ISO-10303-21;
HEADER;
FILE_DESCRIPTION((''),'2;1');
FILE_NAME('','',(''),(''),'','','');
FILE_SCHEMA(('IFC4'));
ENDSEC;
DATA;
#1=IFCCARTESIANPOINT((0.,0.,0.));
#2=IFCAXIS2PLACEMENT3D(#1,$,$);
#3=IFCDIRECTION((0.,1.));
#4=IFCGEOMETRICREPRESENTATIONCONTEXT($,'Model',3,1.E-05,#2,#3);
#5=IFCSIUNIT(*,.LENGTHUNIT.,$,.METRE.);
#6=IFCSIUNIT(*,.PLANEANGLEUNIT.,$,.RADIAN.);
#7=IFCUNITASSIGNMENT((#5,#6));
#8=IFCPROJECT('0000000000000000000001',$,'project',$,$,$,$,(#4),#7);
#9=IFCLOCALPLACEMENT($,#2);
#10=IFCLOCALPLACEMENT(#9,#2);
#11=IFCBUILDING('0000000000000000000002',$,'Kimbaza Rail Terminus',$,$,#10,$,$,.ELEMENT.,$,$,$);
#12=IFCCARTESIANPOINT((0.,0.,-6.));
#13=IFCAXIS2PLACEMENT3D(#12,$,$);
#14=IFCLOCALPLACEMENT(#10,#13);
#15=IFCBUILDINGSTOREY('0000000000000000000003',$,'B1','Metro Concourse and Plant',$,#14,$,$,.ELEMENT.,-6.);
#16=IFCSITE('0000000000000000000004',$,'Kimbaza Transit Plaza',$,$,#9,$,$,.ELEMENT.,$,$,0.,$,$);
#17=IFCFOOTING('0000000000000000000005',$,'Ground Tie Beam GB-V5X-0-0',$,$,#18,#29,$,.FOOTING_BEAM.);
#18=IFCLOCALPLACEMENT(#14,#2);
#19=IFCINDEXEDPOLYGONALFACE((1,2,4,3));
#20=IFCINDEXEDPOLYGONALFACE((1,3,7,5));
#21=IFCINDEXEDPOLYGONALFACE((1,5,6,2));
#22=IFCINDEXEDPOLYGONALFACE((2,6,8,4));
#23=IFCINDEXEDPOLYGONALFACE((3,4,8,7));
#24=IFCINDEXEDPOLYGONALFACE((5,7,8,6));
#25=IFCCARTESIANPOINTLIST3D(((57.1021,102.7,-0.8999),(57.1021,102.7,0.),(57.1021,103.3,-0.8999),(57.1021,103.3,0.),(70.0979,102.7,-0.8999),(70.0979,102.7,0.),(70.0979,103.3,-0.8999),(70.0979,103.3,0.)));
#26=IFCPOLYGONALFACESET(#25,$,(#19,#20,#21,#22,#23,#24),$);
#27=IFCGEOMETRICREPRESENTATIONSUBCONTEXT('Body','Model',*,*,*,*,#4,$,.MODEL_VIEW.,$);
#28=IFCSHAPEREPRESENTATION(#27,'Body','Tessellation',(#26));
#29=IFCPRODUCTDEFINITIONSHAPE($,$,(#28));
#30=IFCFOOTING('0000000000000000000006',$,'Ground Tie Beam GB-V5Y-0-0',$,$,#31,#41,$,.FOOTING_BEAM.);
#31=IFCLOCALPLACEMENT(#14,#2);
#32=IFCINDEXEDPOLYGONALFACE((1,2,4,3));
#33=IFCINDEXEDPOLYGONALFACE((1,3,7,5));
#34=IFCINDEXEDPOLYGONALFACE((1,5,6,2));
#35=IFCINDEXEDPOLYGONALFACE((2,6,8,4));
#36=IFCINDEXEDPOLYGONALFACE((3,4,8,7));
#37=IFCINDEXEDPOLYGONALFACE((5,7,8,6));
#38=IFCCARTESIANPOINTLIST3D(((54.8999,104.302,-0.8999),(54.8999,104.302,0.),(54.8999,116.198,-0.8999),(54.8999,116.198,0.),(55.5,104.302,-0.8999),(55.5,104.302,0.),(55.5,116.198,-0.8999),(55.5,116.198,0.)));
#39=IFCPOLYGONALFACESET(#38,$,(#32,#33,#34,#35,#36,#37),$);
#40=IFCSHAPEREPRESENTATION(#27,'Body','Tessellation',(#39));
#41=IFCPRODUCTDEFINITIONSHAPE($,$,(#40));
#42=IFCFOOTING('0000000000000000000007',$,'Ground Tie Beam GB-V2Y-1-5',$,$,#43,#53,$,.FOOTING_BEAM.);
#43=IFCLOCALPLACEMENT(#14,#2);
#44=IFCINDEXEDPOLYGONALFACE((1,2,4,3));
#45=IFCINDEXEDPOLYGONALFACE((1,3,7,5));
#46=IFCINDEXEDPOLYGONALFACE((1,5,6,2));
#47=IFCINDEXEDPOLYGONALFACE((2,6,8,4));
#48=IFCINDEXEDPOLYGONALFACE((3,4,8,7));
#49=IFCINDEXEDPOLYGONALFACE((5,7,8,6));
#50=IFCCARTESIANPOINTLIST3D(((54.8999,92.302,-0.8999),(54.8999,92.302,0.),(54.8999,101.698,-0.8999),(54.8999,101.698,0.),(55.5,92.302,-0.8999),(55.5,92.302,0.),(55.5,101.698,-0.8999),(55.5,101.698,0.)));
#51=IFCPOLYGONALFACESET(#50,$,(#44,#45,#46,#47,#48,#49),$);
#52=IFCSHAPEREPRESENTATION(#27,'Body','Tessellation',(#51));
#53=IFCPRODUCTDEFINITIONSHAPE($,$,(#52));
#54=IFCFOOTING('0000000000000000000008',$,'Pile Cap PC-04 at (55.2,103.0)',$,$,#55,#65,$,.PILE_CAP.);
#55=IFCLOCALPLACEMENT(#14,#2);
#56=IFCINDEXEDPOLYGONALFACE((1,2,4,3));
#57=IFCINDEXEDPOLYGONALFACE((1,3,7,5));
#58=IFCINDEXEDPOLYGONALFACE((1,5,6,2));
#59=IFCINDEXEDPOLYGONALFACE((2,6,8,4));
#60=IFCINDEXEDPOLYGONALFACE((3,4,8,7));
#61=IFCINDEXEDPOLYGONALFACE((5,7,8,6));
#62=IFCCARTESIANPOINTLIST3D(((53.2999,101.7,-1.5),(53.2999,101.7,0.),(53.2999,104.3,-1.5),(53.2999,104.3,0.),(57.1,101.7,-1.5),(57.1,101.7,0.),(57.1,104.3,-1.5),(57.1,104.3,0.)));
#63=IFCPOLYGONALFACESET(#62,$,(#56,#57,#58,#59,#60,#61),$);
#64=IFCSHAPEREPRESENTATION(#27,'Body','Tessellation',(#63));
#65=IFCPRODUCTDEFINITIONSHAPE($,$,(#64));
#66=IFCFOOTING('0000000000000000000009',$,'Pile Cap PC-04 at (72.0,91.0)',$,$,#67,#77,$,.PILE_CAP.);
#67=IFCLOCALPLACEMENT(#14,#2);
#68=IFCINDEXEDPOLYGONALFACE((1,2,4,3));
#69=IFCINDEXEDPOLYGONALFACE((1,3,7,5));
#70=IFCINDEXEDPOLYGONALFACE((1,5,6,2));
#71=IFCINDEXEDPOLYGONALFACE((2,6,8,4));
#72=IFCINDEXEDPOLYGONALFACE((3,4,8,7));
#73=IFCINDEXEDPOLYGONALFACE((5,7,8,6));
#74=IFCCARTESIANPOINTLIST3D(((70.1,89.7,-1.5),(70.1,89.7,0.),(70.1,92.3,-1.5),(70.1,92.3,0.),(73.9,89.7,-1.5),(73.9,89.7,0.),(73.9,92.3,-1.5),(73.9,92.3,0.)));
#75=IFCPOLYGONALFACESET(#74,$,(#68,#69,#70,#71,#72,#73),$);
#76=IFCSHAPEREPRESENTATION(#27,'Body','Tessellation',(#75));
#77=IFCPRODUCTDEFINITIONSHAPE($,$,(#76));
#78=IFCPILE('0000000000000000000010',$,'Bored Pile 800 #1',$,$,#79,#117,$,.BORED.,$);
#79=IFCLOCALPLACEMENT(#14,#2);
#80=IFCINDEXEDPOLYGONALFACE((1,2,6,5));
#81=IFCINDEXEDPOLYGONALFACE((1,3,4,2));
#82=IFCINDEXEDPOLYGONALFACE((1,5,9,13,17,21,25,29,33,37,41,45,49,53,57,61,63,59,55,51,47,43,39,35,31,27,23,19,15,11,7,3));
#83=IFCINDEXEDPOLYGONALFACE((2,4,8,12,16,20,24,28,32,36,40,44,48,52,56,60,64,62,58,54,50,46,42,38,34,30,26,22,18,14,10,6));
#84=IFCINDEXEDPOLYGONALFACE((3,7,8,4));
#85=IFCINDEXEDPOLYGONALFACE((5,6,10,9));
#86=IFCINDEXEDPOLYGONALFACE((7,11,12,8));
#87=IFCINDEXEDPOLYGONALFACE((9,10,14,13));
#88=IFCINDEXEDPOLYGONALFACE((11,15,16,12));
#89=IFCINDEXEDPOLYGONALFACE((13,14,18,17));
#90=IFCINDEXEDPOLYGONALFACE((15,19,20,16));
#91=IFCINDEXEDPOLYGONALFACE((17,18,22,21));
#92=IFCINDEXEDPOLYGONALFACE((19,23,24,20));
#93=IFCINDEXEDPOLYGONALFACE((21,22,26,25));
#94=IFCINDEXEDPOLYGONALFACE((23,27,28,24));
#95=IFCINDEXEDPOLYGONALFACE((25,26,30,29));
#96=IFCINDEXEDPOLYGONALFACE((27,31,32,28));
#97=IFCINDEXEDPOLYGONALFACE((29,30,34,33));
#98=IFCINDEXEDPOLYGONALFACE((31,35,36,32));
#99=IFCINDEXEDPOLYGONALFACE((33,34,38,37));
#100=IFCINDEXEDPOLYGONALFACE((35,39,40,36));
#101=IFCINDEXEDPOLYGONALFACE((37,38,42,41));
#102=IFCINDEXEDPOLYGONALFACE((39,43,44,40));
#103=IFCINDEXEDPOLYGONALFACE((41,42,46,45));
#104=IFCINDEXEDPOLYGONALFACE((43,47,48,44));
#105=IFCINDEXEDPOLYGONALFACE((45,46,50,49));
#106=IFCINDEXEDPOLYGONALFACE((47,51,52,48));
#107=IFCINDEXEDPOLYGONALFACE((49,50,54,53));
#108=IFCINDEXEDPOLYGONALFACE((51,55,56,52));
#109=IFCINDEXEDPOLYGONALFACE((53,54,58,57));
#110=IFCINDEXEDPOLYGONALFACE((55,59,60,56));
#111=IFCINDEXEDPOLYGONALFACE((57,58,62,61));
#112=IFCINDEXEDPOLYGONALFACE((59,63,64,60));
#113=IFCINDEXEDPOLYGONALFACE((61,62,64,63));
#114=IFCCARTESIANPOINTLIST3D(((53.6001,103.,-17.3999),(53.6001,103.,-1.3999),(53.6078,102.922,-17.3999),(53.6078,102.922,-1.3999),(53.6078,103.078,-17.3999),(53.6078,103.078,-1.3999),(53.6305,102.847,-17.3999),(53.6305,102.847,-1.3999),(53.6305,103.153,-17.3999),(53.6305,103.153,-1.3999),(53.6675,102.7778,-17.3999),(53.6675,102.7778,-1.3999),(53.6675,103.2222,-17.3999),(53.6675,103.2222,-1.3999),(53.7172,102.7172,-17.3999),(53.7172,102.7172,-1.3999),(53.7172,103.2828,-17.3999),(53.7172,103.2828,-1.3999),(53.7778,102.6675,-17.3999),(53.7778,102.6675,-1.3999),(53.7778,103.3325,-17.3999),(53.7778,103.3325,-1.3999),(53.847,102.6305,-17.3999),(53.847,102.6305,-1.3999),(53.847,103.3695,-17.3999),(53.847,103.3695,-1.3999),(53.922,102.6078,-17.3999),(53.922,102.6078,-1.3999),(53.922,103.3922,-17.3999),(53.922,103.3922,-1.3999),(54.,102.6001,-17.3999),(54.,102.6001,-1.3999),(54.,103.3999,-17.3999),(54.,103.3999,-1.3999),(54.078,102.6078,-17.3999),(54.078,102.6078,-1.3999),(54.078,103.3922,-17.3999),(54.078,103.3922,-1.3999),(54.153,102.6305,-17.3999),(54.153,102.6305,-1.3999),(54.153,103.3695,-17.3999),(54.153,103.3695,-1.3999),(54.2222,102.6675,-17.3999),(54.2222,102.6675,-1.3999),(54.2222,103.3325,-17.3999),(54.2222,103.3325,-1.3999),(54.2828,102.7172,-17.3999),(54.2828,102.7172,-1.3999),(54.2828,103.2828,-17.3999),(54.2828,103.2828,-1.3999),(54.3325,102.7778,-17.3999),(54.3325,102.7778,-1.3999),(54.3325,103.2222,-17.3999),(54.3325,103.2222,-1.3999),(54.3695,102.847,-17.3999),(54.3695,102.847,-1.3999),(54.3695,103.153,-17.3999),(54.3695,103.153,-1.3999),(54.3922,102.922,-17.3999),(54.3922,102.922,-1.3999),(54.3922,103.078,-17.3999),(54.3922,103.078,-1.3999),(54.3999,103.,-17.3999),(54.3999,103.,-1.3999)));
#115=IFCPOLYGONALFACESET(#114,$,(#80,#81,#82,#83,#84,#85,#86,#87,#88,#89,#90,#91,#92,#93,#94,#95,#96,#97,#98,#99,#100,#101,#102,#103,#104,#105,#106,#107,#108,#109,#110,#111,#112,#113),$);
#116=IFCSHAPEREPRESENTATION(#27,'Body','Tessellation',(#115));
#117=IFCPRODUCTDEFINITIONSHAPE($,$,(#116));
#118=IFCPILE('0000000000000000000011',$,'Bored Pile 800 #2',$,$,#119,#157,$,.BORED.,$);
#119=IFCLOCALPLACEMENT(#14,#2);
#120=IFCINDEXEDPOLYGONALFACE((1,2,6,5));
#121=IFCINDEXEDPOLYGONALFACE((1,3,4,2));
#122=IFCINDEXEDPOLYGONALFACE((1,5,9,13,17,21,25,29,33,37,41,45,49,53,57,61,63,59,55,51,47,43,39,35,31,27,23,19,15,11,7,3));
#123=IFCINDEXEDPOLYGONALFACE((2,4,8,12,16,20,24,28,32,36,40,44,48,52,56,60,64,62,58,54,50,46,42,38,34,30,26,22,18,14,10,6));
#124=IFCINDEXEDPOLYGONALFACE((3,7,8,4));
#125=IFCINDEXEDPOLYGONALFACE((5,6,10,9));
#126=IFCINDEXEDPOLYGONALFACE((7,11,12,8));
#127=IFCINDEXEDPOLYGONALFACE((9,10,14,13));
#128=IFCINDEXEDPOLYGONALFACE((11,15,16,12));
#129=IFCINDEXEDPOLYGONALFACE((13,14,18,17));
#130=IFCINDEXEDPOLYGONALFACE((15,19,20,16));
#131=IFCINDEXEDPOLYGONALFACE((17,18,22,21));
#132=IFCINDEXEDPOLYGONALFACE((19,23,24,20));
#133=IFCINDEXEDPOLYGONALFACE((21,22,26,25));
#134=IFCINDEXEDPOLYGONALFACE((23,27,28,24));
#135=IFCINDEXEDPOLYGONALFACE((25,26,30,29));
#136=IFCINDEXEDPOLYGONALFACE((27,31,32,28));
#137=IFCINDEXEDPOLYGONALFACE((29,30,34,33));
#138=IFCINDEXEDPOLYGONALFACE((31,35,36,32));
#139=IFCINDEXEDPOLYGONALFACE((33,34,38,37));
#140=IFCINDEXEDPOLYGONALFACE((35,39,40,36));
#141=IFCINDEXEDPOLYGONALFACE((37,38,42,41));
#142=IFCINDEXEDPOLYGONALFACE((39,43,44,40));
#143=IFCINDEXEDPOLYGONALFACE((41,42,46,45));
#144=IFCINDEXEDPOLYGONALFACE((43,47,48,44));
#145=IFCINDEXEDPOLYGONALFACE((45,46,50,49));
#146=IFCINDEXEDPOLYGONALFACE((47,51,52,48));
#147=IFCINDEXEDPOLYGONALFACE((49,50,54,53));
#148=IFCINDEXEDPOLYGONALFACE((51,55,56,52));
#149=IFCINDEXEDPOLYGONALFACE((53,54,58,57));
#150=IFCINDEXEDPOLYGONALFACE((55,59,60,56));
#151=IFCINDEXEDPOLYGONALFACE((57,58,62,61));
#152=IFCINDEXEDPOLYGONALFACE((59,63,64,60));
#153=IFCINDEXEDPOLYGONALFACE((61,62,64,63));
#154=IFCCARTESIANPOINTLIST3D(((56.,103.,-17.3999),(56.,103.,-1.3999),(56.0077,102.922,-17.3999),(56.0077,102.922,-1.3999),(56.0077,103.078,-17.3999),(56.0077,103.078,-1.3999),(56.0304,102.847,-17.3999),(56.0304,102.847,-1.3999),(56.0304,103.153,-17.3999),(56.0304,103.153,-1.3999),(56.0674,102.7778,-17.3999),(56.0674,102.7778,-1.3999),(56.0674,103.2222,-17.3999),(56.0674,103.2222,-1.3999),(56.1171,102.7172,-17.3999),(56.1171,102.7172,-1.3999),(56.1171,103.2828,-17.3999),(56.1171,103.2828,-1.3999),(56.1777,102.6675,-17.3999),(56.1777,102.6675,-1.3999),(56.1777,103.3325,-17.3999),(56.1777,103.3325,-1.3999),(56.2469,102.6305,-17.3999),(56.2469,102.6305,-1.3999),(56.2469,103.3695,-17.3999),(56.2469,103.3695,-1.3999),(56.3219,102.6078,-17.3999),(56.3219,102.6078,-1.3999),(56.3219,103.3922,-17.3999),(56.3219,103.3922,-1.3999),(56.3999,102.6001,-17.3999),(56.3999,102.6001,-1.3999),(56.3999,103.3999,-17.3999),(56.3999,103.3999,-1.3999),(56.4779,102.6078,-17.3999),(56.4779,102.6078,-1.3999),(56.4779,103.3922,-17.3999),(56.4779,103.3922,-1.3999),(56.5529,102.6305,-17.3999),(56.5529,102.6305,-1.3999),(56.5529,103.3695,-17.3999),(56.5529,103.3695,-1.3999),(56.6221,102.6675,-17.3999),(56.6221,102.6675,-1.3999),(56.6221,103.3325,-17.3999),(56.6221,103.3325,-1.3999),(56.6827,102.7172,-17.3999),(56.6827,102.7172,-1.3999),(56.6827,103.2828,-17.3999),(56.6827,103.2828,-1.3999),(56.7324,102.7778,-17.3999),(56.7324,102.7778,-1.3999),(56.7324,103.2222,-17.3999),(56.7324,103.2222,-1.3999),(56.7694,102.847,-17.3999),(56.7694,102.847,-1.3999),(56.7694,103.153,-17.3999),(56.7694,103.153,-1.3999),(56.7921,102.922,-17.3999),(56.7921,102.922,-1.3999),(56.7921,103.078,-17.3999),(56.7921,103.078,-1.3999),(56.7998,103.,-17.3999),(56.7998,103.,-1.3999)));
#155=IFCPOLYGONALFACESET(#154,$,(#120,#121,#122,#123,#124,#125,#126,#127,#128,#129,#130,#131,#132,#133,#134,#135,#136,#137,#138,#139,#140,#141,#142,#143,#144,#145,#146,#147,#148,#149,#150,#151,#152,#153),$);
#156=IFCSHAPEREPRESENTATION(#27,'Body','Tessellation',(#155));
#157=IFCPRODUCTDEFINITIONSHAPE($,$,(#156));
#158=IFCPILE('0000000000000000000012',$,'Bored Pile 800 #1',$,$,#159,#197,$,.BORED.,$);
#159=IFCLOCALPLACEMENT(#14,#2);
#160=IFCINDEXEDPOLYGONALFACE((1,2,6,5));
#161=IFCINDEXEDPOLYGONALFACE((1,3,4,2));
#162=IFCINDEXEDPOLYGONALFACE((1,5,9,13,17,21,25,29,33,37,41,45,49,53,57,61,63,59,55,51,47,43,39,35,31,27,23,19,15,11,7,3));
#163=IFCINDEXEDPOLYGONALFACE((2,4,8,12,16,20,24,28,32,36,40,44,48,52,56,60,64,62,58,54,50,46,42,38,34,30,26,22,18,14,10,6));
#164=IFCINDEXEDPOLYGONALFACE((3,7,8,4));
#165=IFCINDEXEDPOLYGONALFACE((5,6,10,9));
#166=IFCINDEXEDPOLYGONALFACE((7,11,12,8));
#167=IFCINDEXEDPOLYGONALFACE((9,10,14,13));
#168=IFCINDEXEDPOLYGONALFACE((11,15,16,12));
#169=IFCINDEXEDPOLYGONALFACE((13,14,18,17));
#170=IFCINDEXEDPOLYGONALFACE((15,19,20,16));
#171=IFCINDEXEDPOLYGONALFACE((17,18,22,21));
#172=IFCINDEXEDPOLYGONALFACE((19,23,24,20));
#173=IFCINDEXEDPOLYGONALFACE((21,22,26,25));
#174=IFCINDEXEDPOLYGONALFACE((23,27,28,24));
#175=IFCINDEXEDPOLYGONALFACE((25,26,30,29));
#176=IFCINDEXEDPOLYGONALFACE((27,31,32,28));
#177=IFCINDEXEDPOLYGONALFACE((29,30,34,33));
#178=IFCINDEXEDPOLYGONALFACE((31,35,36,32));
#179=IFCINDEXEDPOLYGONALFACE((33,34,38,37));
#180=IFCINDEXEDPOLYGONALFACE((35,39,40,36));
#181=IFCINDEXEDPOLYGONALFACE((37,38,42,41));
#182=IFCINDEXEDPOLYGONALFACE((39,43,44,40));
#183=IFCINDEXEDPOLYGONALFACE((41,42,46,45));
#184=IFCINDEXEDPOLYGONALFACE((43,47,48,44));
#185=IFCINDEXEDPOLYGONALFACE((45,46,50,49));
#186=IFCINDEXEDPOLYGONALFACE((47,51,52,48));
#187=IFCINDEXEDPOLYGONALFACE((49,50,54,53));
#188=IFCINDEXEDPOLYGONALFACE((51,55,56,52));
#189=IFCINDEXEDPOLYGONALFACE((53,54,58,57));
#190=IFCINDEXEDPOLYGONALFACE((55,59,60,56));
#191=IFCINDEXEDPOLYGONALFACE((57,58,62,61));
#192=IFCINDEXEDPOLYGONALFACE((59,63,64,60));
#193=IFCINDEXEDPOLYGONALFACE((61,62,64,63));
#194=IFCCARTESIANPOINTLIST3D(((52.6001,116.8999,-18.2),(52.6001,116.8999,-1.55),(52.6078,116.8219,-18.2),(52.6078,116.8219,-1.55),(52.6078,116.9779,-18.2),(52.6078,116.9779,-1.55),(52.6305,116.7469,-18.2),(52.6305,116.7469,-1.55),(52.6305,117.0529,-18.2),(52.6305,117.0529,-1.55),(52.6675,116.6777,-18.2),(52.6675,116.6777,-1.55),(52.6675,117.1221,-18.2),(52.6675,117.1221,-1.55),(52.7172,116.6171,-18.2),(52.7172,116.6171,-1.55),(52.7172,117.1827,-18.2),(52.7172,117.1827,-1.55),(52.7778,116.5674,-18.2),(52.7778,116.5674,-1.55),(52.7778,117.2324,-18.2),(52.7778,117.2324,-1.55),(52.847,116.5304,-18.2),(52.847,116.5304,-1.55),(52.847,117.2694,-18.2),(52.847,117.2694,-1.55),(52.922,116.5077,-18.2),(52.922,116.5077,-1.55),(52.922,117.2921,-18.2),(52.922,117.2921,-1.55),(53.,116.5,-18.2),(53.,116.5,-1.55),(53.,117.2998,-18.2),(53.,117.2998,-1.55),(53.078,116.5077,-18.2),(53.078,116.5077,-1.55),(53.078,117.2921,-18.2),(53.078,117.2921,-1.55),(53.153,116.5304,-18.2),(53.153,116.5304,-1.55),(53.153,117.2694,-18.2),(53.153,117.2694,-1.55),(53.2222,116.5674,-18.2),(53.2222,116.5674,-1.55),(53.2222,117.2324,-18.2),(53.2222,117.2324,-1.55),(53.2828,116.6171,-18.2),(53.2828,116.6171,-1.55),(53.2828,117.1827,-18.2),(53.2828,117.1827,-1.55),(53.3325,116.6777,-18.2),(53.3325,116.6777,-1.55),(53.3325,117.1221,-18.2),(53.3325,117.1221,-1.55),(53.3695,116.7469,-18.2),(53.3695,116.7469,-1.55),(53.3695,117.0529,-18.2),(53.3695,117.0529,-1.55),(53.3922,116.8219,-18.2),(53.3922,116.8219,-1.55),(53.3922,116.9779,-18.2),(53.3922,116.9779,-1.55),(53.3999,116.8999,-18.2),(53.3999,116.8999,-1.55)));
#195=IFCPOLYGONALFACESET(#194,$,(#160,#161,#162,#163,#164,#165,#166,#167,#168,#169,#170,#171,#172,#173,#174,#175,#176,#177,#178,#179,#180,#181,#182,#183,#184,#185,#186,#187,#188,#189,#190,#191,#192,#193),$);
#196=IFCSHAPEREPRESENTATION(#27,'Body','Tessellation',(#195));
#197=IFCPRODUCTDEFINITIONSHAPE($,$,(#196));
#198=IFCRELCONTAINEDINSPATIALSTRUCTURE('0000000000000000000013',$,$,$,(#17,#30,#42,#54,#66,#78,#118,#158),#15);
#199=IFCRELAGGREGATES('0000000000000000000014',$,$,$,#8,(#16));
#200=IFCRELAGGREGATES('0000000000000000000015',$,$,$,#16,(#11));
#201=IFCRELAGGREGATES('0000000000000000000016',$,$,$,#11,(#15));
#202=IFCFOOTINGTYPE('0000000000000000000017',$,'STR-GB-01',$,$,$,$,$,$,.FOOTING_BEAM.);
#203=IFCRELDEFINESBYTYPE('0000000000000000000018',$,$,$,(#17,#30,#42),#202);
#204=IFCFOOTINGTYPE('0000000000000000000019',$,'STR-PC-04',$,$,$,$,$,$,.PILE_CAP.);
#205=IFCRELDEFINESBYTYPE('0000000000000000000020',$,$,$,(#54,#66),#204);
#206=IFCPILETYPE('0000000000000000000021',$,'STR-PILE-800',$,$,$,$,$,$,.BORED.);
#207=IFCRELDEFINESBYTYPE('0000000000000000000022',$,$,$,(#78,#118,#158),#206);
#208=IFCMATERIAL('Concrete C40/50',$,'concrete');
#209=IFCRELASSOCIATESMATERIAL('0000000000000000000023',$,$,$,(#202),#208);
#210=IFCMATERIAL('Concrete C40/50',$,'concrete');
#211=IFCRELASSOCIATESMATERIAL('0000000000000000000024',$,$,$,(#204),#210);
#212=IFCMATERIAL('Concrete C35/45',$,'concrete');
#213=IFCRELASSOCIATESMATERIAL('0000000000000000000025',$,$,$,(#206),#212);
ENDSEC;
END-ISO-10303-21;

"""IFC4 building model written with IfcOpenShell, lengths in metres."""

from ifc_helpers import new_model, si_unit, direction, frame, origin, origin_2d, place, context, subcontext, project, spatial, rectangle, circle, extrude, material, material_profile, profile_set, type_object, element, save


model = new_model("IFC4")

# Units and contexts
model_context = context("Model", 3, precision=1e-05, world=origin(), true_north=direction((0.0, 1.0)))
body_context = subcontext(model_context, "Body", "Model", "MODEL_VIEW")
ifc_project = project(units=[si_unit("LENGTHUNIT", "METRE"), si_unit("PLANEANGLEUNIT", "RADIAN")], contexts=[model_context])

# Site, building, storey
site_placement = place(None, origin())
site = spatial("IfcSite", under=ifc_project, at=site_placement, Name="Kimbaza Transit Plaza", CompositionType="ELEMENT", RefElevation=0.0)
building_placement = place(site_placement, origin())
building = spatial("IfcBuilding", under=site, at=building_placement, Name="Kimbaza Rail Terminus", CompositionType="ELEMENT")
storey_placement = place(building_placement, frame((0.0, 0.0, -6.0)))
storey = spatial("IfcBuildingStorey", under=building, at=storey_placement, Name="B1", Description="Metro Concourse and Plant", CompositionType="ELEMENT", Elevation=-6.0)

# Footings
ifc_material_1 = material(Name="Concrete C40/50", Category="concrete")
ifc_material_profile_1 = material_profile(ifc_material_1, rectangle(XDim=0.6001, YDim=0.8999, at=origin_2d()), Name="GB-01 600x900")
ifc_profile_set_1 = profile_set([ifc_material_profile_1], Name="Concrete C40/50")
footing_type_1 = type_object("IfcFootingType", Name="STR-GB-01", PredefinedType="FOOTING_BEAM", material=ifc_profile_set_1)
footing_1_placement = place(storey_placement, frame((57.1021, 103.0, -0.45), z_axis=(1.0, 0.0, 0.0), x_axis=(0.0, 1.0, 0.0)))
element("IfcFooting", 1, at=footing_1_placement, inside=storey, type_object=footing_type_1, Name="Ground Tie Beam GB-V5X-0-0", PredefinedType="FOOTING_BEAM", context=body_context, shape_type="SweptSolid", body=[
    extrude(rectangle(XDim=0.6001, YDim=0.8999, at=origin_2d()), origin(), (0.0, 0.0, 1.0), 12.9958),
])
footing_2_placement = place(storey_placement, frame((55.2, 104.302, -0.45), z_axis=(0.0, 1.0, 0.0), x_axis=(-1.0, 0.0, 0.0)))
element("IfcFooting", 2, at=footing_2_placement, inside=storey, type_object=footing_type_1, Name="Ground Tie Beam GB-V5Y-0-0", PredefinedType="FOOTING_BEAM", context=body_context, shape_type="SweptSolid", body=[
    extrude(rectangle(XDim=0.6001, YDim=0.8999, at=origin_2d()), origin(), (0.0, 0.0, 1.0), 11.896),
])
footing_3_placement = place(storey_placement, frame((55.2, 92.302, -0.45), z_axis=(0.0, 1.0, 0.0), x_axis=(-1.0, 0.0, 0.0)))
element("IfcFooting", 3, at=footing_3_placement, inside=storey, type_object=footing_type_1, Name="Ground Tie Beam GB-V2Y-1-5", PredefinedType="FOOTING_BEAM", context=body_context, shape_type="SweptSolid", body=[
    extrude(rectangle(XDim=0.6001, YDim=0.8999, at=origin_2d()), origin(), (0.0, 0.0, 1.0), 9.396),
])
ifc_material_2 = material(Name="Concrete C40/50", Category="concrete")
footing_type_2 = type_object("IfcFootingType", Name="STR-PC-04", PredefinedType="PILE_CAP", material=ifc_material_2)
for number, where, z_axis, x_axis, name in (
    (4, (55.2, 103.0, -1.5), (0.0, 0.0, 1.0), (1.0, 0.0, 0.0), "Pile Cap PC-04 at (55.2,103.0)"),
    (5, (72.0, 91.0, -1.5), (0.0, 0.0, 1.0), (1.0, 0.0, 0.0), "Pile Cap PC-04 at (72.0,91.0)"),
):
    element("IfcFooting", number, at=place(storey_placement, frame(where, z_axis=z_axis, x_axis=x_axis)), inside=storey, type_object=footing_type_2, Name=name, PredefinedType="PILE_CAP", context=body_context, shape_type="SweptSolid", body=[
        extrude(rectangle(XDim=3.8, YDim=2.6001, at=origin_2d()), origin(), (0.0, 0.0, 1.0), 1.5),
    ])

# Piles
ifc_material_3 = material(Name="Concrete C35/45", Category="concrete")
ifc_material_profile_2 = material_profile(ifc_material_3, circle(Radius=0.3999, at=origin_2d()), Name="BORED PILE 800")
ifc_profile_set_2 = profile_set([ifc_material_profile_2], Name="Concrete C35/45")
pile_type = type_object("IfcPileType", Name="STR-PILE-800", PredefinedType="BORED", material=ifc_profile_set_2)
for number, where, z_axis, x_axis, name in (
    (6, (54.0, 103.0, -1.3999), (0.0, 0.0, -1.0), (1.0, 0.0, 0.0), "Bored Pile 800 #1"),
    (7, (56.3999, 103.0, -1.3999), (0.0, 0.0, -1.0), (1.0, 0.0, 0.0), "Bored Pile 800 #2"),
):
    element("IfcPile", number, at=place(storey_placement, frame(where, z_axis=z_axis, x_axis=x_axis)), inside=storey, type_object=pile_type, Name=name, PredefinedType="BORED", context=body_context, shape_type="SweptSolid", body=[
        extrude(circle(Radius=0.3999, at=origin_2d()), origin(), (0.0, 0.0, 1.0), 16.0),
    ])
for number, where, z_axis, x_axis, name in (
    (8, (53.0, 116.8999, -1.55), (0.0, 0.0, -1.0), (1.0, 0.0, 0.0), "Bored Pile 800 #1"),
):
    element("IfcPile", number, at=place(storey_placement, frame(where, z_axis=z_axis, x_axis=x_axis)), inside=storey, type_object=pile_type, Name=name, PredefinedType="BORED", context=body_context, shape_type="SweptSolid", body=[
        extrude(circle(Radius=0.3999, at=origin_2d()), origin(), (0.0, 0.0, 1.0), 16.6499),
    ])

save(model, "model.ifc")
